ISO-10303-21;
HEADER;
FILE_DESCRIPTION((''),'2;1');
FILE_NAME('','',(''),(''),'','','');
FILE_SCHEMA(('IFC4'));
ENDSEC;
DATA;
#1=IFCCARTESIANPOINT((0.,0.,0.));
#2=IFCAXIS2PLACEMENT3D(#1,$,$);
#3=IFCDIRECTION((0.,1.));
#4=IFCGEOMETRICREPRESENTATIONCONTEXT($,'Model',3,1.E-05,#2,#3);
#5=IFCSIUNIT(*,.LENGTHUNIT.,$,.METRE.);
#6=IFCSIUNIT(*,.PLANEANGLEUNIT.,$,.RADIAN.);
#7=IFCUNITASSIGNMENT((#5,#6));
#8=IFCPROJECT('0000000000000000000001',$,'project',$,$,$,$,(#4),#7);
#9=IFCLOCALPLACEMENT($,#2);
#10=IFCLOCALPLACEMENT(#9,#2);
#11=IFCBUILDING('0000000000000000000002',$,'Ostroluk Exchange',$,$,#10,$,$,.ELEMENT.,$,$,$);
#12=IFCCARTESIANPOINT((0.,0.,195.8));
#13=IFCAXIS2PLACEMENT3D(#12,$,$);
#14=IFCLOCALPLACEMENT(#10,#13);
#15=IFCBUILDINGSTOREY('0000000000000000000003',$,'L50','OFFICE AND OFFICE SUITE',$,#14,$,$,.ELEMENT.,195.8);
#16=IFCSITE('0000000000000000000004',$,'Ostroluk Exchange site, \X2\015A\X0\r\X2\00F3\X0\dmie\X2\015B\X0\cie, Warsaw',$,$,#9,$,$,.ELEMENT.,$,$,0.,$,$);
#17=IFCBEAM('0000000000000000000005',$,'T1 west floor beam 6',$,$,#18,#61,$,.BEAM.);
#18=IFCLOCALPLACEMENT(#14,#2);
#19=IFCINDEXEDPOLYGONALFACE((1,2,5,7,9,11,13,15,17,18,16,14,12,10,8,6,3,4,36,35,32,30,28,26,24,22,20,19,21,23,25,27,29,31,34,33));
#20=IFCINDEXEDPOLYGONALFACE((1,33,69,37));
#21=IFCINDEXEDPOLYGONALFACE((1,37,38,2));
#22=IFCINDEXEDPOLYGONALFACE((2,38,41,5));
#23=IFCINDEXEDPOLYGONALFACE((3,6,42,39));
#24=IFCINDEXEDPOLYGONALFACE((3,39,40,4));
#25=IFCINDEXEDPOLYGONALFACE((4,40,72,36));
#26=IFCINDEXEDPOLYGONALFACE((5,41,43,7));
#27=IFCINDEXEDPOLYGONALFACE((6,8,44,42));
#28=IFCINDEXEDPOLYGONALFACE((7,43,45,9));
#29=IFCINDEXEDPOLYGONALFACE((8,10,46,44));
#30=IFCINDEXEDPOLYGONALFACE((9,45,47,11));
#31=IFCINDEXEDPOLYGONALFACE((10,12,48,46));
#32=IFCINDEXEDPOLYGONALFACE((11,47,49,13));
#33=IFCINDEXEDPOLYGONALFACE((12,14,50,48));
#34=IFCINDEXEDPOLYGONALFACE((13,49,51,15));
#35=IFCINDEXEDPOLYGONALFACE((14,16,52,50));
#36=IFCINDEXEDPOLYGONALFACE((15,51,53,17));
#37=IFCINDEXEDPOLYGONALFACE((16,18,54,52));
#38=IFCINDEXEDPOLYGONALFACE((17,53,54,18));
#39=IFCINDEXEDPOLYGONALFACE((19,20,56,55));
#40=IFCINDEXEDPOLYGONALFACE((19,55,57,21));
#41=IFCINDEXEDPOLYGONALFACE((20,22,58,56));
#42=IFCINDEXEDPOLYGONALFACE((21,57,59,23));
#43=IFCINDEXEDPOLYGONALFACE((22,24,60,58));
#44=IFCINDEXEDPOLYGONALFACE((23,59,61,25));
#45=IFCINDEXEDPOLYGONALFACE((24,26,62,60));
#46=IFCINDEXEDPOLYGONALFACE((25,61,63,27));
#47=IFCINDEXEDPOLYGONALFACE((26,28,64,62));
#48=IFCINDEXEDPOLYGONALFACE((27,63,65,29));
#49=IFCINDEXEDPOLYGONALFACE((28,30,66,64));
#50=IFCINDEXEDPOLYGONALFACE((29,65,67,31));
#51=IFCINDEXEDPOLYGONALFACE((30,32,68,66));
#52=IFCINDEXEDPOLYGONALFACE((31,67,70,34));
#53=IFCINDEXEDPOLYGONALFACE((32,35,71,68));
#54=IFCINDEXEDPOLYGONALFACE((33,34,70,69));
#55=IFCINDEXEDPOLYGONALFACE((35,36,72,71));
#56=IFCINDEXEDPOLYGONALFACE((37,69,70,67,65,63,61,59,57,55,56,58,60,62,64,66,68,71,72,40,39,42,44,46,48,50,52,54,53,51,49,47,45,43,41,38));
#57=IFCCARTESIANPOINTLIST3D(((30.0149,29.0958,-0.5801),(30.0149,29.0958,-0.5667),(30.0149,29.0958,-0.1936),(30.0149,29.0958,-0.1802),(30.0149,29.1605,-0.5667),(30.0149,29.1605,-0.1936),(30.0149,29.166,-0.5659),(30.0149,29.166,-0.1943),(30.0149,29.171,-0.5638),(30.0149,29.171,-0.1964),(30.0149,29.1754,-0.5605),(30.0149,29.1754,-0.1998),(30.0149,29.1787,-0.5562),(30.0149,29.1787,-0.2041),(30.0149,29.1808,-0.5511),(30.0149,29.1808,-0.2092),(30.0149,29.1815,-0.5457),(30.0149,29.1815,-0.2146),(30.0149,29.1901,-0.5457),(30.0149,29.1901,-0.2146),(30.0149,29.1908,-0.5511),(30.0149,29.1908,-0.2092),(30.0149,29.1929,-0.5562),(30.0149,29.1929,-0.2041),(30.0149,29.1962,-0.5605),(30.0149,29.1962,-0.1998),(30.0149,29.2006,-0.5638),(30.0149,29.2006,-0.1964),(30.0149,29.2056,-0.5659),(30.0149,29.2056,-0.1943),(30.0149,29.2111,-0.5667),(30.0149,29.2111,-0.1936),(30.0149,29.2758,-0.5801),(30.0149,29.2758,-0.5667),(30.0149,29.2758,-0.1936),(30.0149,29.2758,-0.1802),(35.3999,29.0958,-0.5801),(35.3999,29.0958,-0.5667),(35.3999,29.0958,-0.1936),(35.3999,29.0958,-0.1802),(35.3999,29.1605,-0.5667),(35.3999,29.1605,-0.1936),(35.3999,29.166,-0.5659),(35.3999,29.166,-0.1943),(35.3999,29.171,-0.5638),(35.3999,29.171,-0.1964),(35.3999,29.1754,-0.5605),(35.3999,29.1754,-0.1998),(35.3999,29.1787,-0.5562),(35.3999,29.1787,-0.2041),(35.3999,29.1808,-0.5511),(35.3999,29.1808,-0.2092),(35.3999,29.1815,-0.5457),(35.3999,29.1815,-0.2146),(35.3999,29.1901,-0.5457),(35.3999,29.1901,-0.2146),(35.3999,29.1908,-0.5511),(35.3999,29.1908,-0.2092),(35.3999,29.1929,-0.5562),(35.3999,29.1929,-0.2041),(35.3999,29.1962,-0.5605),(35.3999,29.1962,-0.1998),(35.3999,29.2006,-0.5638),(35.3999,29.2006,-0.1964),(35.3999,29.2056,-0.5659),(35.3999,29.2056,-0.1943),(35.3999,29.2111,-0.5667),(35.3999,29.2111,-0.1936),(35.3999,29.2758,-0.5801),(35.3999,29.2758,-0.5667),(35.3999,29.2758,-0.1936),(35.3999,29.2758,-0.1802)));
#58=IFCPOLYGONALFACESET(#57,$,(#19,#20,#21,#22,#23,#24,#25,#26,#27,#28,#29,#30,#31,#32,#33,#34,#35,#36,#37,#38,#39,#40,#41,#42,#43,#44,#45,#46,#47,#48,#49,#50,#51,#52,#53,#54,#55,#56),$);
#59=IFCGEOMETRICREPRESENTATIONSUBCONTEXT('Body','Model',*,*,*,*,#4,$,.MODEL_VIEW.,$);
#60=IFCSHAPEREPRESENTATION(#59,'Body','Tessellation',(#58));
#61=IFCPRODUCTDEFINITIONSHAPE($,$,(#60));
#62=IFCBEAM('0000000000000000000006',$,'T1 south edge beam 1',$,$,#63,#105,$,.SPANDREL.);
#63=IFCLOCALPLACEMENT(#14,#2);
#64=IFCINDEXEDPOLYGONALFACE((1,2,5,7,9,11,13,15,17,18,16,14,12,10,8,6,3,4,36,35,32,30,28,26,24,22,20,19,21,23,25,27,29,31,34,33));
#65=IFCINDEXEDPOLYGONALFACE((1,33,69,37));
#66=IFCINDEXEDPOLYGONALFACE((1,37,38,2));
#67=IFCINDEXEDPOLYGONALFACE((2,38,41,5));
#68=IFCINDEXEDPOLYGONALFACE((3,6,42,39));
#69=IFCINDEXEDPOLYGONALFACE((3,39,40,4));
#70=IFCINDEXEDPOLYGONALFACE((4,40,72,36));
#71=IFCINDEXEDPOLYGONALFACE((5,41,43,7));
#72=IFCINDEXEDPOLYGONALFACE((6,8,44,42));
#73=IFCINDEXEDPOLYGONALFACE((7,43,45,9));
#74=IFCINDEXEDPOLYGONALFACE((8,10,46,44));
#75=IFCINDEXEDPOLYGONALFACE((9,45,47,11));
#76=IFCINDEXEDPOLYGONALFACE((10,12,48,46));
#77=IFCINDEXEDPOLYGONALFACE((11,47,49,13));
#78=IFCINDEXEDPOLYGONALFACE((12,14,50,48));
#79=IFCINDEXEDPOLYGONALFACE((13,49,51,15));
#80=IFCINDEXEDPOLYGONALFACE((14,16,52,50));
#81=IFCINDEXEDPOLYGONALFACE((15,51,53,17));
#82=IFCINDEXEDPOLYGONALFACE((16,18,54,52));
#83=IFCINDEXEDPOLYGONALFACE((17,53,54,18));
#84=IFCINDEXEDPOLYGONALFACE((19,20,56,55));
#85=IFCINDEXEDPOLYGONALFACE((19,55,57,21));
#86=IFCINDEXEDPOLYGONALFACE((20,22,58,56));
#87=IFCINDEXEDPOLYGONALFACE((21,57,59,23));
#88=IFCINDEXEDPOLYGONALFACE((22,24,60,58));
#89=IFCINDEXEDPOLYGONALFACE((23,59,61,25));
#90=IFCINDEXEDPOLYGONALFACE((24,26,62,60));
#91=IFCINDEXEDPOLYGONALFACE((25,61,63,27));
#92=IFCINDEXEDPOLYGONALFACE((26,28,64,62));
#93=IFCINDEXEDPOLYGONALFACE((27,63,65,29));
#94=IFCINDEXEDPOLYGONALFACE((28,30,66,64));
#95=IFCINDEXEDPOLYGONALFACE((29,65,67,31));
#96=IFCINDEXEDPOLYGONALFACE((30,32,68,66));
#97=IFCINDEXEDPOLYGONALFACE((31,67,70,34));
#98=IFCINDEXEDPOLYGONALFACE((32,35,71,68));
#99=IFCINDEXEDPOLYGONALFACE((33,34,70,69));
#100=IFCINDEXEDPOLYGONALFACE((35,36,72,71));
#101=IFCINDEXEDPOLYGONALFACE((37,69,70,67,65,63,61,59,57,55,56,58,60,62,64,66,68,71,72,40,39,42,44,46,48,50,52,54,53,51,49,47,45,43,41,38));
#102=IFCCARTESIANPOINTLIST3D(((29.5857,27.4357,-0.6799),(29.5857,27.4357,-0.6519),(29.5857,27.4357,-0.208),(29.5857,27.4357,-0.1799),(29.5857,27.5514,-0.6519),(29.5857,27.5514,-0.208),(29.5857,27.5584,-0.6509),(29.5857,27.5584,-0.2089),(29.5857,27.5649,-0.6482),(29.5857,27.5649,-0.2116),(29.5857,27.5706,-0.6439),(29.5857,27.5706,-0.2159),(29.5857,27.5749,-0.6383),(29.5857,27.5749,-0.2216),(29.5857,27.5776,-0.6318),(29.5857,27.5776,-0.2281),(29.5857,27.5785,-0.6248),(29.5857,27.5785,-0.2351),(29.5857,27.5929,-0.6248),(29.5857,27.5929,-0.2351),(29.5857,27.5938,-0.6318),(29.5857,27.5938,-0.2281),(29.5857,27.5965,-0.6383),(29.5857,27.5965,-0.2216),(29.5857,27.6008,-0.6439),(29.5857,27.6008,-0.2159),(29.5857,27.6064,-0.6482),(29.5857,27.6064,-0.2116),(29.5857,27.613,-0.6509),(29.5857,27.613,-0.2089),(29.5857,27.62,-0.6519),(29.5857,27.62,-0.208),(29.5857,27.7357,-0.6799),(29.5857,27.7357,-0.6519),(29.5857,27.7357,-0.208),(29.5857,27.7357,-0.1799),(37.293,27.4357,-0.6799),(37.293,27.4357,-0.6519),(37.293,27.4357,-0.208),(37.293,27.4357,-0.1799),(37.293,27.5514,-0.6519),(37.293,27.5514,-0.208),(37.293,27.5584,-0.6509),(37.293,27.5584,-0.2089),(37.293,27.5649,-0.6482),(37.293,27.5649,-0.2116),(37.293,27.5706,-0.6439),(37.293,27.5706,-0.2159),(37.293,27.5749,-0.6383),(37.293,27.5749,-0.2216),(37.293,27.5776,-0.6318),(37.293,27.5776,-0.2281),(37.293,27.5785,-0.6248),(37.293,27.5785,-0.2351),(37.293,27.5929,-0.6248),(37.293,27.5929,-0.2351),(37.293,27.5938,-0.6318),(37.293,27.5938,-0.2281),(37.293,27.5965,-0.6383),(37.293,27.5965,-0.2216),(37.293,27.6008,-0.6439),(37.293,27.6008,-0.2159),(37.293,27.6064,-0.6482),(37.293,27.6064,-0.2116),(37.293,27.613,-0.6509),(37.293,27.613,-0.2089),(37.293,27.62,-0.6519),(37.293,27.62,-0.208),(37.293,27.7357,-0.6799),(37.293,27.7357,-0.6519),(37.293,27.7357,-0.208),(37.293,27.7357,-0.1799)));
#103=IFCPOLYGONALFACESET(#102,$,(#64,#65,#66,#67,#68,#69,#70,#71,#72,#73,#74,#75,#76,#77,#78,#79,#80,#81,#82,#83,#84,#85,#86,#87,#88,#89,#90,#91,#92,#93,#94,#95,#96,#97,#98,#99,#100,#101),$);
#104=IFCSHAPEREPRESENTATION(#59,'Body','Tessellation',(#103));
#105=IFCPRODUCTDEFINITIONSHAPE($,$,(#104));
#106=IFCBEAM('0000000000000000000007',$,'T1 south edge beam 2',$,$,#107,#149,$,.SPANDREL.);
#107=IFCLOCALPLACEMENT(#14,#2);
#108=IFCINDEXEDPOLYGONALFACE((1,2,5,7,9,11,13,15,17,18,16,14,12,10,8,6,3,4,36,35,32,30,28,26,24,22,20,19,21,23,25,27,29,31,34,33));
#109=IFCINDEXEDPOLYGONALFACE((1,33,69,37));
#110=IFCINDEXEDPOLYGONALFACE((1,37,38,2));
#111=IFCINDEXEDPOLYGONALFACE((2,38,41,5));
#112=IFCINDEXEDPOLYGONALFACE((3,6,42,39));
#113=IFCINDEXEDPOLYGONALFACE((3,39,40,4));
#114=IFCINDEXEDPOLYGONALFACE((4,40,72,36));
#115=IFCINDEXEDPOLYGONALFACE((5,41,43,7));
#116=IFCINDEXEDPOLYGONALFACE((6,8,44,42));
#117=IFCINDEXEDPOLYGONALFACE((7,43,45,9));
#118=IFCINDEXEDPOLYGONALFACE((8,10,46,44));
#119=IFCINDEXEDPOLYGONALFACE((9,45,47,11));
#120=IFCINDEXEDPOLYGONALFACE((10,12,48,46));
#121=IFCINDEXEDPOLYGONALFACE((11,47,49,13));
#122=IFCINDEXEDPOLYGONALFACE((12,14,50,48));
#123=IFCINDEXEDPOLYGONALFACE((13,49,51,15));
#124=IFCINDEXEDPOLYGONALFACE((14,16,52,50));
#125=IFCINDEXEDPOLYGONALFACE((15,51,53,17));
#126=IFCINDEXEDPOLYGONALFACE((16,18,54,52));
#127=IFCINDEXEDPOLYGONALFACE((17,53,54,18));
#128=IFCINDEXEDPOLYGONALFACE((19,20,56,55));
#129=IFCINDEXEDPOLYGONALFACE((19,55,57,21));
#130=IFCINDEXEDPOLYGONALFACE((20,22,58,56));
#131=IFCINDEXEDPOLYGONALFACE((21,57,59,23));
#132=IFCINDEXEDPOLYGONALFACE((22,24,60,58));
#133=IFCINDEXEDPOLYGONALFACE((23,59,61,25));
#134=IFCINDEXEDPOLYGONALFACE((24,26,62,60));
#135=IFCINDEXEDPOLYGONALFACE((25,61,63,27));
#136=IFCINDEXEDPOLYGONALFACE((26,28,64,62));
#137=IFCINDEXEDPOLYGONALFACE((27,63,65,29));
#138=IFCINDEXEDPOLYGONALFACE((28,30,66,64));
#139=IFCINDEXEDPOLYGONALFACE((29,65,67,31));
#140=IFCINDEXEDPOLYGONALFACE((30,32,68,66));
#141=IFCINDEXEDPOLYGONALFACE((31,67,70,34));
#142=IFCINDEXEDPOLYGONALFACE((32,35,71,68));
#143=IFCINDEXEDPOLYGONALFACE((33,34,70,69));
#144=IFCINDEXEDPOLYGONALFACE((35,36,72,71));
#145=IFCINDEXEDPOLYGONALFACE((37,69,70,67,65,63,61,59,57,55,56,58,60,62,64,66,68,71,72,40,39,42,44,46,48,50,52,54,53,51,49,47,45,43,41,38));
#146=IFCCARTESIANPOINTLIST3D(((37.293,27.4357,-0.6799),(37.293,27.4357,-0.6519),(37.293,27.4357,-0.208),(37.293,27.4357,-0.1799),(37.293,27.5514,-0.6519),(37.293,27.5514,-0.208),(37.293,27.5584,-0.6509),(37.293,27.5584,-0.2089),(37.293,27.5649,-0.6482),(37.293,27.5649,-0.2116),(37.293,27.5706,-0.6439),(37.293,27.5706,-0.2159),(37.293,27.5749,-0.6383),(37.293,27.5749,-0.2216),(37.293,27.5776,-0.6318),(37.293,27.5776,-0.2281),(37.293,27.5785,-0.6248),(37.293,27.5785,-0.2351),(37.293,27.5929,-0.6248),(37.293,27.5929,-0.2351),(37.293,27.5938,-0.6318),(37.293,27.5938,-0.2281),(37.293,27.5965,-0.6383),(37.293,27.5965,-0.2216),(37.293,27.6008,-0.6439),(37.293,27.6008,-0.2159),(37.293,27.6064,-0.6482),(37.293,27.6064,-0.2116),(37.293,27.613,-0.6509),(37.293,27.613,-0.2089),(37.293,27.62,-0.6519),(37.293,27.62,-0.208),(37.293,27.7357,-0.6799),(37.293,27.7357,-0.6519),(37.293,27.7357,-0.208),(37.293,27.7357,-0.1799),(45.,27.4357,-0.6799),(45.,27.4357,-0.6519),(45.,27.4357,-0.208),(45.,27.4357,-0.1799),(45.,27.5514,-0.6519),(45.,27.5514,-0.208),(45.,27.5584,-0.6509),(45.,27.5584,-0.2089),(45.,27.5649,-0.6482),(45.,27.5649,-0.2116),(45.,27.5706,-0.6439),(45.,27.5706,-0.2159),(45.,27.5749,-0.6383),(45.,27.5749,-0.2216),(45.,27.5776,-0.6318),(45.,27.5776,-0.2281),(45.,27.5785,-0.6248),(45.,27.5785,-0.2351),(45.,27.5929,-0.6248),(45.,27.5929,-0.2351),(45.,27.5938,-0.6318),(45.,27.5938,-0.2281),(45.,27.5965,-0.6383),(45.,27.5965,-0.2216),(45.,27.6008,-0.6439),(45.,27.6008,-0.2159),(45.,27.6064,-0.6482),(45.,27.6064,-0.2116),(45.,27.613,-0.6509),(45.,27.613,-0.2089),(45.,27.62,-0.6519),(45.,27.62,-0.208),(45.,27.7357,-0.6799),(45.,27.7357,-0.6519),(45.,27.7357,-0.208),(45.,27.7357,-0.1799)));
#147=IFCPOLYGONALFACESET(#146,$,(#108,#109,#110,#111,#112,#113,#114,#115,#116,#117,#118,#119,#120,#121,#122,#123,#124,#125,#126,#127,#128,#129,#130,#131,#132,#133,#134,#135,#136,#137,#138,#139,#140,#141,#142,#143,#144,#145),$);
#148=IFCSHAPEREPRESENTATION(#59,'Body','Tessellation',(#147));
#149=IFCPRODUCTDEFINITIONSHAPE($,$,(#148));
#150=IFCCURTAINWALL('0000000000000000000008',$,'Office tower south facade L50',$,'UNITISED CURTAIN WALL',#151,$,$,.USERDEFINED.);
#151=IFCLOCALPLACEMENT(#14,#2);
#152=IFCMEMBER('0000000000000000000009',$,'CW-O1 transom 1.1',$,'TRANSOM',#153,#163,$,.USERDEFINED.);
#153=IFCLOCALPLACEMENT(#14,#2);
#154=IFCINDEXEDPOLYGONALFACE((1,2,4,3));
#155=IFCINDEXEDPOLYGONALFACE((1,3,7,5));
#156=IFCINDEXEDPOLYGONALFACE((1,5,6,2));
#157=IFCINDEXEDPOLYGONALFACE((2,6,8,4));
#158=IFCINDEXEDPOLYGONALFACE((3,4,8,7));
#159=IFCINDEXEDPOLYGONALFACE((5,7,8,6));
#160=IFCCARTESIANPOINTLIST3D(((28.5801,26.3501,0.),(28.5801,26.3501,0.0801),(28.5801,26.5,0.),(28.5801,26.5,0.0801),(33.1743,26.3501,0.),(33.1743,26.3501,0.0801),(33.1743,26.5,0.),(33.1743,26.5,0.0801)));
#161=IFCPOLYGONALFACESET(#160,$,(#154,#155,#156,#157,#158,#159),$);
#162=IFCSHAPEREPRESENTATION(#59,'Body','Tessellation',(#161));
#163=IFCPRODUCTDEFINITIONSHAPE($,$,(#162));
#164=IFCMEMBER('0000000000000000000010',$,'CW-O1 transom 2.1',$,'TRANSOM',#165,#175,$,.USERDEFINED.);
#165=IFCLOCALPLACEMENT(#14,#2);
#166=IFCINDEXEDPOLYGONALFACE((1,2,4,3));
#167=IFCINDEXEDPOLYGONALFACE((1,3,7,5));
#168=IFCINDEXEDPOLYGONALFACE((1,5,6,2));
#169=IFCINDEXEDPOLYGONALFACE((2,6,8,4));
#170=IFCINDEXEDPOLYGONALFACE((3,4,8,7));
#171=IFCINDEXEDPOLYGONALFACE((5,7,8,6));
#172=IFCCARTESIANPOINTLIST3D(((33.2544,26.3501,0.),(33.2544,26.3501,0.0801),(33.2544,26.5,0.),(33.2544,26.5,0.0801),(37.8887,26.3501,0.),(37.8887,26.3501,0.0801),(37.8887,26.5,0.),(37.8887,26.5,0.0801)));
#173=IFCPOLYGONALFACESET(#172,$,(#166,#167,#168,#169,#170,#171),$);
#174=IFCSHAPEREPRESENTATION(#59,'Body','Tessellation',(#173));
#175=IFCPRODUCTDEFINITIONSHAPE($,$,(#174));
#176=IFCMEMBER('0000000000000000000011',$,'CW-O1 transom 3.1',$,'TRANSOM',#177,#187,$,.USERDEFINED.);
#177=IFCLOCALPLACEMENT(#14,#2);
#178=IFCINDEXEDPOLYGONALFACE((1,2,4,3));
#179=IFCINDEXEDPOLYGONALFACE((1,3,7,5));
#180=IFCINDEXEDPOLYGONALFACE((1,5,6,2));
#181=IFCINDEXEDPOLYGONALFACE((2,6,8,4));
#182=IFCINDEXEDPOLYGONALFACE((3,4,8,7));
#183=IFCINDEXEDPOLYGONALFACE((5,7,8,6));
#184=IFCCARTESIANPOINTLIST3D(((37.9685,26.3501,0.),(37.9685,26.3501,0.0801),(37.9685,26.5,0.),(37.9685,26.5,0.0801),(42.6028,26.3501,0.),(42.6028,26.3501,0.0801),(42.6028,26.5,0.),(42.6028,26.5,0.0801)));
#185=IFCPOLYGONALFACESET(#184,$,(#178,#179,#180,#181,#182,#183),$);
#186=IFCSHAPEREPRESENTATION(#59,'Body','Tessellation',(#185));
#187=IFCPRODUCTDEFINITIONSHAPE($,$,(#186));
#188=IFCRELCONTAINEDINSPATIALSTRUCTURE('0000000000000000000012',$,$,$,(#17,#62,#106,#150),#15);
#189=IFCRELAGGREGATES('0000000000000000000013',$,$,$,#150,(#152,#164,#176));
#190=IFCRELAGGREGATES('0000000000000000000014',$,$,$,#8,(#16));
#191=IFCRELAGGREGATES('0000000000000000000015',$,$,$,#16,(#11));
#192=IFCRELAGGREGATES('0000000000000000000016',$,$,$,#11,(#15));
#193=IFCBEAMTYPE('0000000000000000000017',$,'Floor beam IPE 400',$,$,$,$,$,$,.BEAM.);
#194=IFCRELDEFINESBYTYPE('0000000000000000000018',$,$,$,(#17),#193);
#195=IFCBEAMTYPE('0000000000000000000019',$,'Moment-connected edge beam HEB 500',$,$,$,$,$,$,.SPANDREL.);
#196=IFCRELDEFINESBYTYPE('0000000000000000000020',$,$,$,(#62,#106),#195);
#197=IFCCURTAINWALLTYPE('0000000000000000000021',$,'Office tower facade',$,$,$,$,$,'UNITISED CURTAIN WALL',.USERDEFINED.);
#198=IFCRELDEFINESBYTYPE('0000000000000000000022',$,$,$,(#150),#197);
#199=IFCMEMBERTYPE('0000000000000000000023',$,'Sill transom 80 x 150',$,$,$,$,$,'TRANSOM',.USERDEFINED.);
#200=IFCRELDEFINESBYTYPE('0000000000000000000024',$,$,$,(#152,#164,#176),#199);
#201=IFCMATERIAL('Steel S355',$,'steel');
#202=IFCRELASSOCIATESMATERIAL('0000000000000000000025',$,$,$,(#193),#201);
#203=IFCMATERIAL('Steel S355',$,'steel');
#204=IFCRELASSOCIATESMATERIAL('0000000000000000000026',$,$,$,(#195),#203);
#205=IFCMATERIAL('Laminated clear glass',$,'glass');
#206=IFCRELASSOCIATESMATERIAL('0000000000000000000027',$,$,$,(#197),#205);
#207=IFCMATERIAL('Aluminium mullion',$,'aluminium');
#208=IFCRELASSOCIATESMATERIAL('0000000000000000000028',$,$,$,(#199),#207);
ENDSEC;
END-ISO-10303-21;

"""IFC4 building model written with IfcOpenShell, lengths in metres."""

from ifc_helpers import new_model, si_unit, direction, frame, origin, origin_2d, place, context, subcontext, project, spatial, rectangle, i_section, extrude, material, material_profile, profile_set, type_object, element, aggregate, save


model = new_model("IFC4")

# Units and contexts
model_context = context("Model", 3, precision=1e-05, world=origin(), true_north=direction((0.0, 1.0)))
body_context = subcontext(model_context, "Body", "Model", "MODEL_VIEW")
ifc_project = project(units=[si_unit("LENGTHUNIT", "METRE"), si_unit("PLANEANGLEUNIT", "RADIAN")], contexts=[model_context])

# Site, building, storey
site_placement = place(None, origin())
site = spatial("IfcSite", under=ifc_project, at=site_placement, Name="Ostroluk Exchange site, Śródmieście, Warsaw", CompositionType="ELEMENT", RefElevation=0.0)
building_placement = place(site_placement, origin())
building = spatial("IfcBuilding", under=site, at=building_placement, Name="Ostroluk Exchange", CompositionType="ELEMENT")
storey_placement = place(building_placement, frame((0.0, 0.0, 195.8)))
storey = spatial("IfcBuildingStorey", under=building, at=storey_placement, Name="L50", Description="OFFICE AND OFFICE SUITE", CompositionType="ELEMENT", Elevation=195.8)

# Beams
ifc_material_1 = material(Name="Steel S355", Category="steel")
ifc_material_profile_1 = material_profile(ifc_material_1, i_section(OverallWidth=0.1799, OverallDepth=0.3999, WebThickness=0.0085, FlangeThickness=0.0134, FilletRadius=0.021, at=origin_2d()), Name="IPE 400")
ifc_profile_set_1 = profile_set([ifc_material_profile_1], Name="Steel S355")
beam_type_1 = type_object("IfcBeamType", Name="Floor beam IPE 400", PredefinedType="BEAM", material=ifc_profile_set_1)
beam_1_placement = place(storey_placement, frame((35.3999, 29.1858, -0.3801), z_axis=(-1.0, 0.0, 0.0), x_axis=(0.0, -1.0, 0.0)))
element("IfcBeam", 1, at=beam_1_placement, inside=storey, type_object=beam_type_1, Name="T1 west floor beam 6", PredefinedType="BEAM", context=body_context, shape_type="SweptSolid", body=[
    extrude(i_section(OverallWidth=0.1799, OverallDepth=0.3999, WebThickness=0.0085, FlangeThickness=0.0134, FilletRadius=0.021, at=origin_2d()), origin(), (0.0, 0.0, 1.0), 5.385),
])
ifc_material_2 = material(Name="Steel S355", Category="steel")
ifc_material_profile_2 = material_profile(ifc_material_2, i_section(OverallWidth=0.3, OverallDepth=0.5, WebThickness=0.0144, FlangeThickness=0.0281, FilletRadius=0.0271, at=origin_2d()), Name="HEB 500")
ifc_profile_set_2 = profile_set([ifc_material_profile_2], Name="Steel S355")
beam_type_2 = type_object("IfcBeamType", Name="Moment-connected edge beam HEB 500", PredefinedType="SPANDREL", material=ifc_profile_set_2)
beam_2_placement = place(storey_placement, frame((29.5857, 27.5857, -0.4299), z_axis=(1.0, 0.0, 0.0), x_axis=(0.0, 1.0, 0.0)))
element("IfcBeam", 2, at=beam_2_placement, inside=storey, type_object=beam_type_2, Name="T1 south edge beam 1", PredefinedType="SPANDREL", context=body_context, shape_type="SweptSolid", body=[
    extrude(i_section(OverallWidth=0.3, OverallDepth=0.5, WebThickness=0.0144, FlangeThickness=0.0281, FilletRadius=0.0271, at=origin_2d()), origin(), (0.0, 0.0, 1.0), 7.7073),
])
beam_3_placement = place(storey_placement, frame((37.293, 27.5857, -0.4299), z_axis=(1.0, 0.0, 0.0), x_axis=(0.0, 1.0, 0.0)))
element("IfcBeam", 3, at=beam_3_placement, inside=storey, type_object=beam_type_2, Name="T1 south edge beam 2", PredefinedType="SPANDREL", context=body_context, shape_type="SweptSolid", body=[
    extrude(i_section(OverallWidth=0.3, OverallDepth=0.5, WebThickness=0.0144, FlangeThickness=0.0281, FilletRadius=0.0271, at=origin_2d()), origin(), (0.0, 0.0, 1.0), 7.707),
])

# Curtain wall, members
ifc_material_3 = material(Name="Laminated clear glass", Category="glass")
curtain_wall_type = type_object("IfcCurtainWallType", Name="Office tower facade", ElementType="UNITISED CURTAIN WALL", PredefinedType="USERDEFINED", material=ifc_material_3)
curtain_wall_placement = place(storey_placement, origin())
curtain_wall = element("IfcCurtainWall", 4, at=curtain_wall_placement, inside=storey, type_object=curtain_wall_type, Name="Office tower south facade L50", ObjectType="UNITISED CURTAIN WALL", PredefinedType="USERDEFINED")
ifc_material_4 = material(Name="Aluminium mullion", Category="aluminium")
ifc_material_profile_3 = material_profile(ifc_material_4, rectangle(XDim=0.1499, YDim=0.0801, at=origin_2d()), Name="Sill transom 80 x 150")
ifc_profile_set_3 = profile_set([ifc_material_profile_3], Name="Aluminium mullion")
member_type_1 = type_object("IfcMemberType", Name="Sill transom 80 x 150", ElementType="TRANSOM", PredefinedType="USERDEFINED", material=ifc_profile_set_3)
member_1_placement = place(storey_placement, frame((28.5801, 26.425, 0.04), z_axis=(1.0, 0.0, 0.0), x_axis=(0.0, 1.0, 0.0)))
member_1 = element("IfcMember", 5, at=member_1_placement, type_object=member_type_1, Name="CW-O1 transom 1.1", ObjectType="TRANSOM", PredefinedType="USERDEFINED", context=body_context, shape_type="SweptSolid", body=[
    extrude(rectangle(XDim=0.1499, YDim=0.0801, at=origin_2d()), origin(), (0.0, 0.0, 1.0), 4.5942),
])
member_2_placement = place(storey_placement, frame((33.2544, 26.425, 0.04), z_axis=(1.0, 0.0, 0.0), x_axis=(0.0, 1.0, 0.0)))
member_2 = element("IfcMember", 6, at=member_2_placement, type_object=member_type_1, Name="CW-O1 transom 2.1", ObjectType="TRANSOM", PredefinedType="USERDEFINED", context=body_context, shape_type="SweptSolid", body=[
    extrude(rectangle(XDim=0.1499, YDim=0.0801, at=origin_2d()), origin(), (0.0, 0.0, 1.0), 4.6343),
])
member_3_placement = place(storey_placement, frame((37.9685, 26.425, 0.04), z_axis=(1.0, 0.0, 0.0), x_axis=(0.0, 1.0, 0.0)))
member_3 = element("IfcMember", 7, at=member_3_placement, type_object=member_type_1, Name="CW-O1 transom 3.1", ObjectType="TRANSOM", PredefinedType="USERDEFINED", context=body_context, shape_type="SweptSolid", body=[
    extrude(rectangle(XDim=0.1499, YDim=0.0801, at=origin_2d()), origin(), (0.0, 0.0, 1.0), 4.6343),
])
aggregate(curtain_wall, [member_1, member_2, member_3])

save(model, "model.ifc")
